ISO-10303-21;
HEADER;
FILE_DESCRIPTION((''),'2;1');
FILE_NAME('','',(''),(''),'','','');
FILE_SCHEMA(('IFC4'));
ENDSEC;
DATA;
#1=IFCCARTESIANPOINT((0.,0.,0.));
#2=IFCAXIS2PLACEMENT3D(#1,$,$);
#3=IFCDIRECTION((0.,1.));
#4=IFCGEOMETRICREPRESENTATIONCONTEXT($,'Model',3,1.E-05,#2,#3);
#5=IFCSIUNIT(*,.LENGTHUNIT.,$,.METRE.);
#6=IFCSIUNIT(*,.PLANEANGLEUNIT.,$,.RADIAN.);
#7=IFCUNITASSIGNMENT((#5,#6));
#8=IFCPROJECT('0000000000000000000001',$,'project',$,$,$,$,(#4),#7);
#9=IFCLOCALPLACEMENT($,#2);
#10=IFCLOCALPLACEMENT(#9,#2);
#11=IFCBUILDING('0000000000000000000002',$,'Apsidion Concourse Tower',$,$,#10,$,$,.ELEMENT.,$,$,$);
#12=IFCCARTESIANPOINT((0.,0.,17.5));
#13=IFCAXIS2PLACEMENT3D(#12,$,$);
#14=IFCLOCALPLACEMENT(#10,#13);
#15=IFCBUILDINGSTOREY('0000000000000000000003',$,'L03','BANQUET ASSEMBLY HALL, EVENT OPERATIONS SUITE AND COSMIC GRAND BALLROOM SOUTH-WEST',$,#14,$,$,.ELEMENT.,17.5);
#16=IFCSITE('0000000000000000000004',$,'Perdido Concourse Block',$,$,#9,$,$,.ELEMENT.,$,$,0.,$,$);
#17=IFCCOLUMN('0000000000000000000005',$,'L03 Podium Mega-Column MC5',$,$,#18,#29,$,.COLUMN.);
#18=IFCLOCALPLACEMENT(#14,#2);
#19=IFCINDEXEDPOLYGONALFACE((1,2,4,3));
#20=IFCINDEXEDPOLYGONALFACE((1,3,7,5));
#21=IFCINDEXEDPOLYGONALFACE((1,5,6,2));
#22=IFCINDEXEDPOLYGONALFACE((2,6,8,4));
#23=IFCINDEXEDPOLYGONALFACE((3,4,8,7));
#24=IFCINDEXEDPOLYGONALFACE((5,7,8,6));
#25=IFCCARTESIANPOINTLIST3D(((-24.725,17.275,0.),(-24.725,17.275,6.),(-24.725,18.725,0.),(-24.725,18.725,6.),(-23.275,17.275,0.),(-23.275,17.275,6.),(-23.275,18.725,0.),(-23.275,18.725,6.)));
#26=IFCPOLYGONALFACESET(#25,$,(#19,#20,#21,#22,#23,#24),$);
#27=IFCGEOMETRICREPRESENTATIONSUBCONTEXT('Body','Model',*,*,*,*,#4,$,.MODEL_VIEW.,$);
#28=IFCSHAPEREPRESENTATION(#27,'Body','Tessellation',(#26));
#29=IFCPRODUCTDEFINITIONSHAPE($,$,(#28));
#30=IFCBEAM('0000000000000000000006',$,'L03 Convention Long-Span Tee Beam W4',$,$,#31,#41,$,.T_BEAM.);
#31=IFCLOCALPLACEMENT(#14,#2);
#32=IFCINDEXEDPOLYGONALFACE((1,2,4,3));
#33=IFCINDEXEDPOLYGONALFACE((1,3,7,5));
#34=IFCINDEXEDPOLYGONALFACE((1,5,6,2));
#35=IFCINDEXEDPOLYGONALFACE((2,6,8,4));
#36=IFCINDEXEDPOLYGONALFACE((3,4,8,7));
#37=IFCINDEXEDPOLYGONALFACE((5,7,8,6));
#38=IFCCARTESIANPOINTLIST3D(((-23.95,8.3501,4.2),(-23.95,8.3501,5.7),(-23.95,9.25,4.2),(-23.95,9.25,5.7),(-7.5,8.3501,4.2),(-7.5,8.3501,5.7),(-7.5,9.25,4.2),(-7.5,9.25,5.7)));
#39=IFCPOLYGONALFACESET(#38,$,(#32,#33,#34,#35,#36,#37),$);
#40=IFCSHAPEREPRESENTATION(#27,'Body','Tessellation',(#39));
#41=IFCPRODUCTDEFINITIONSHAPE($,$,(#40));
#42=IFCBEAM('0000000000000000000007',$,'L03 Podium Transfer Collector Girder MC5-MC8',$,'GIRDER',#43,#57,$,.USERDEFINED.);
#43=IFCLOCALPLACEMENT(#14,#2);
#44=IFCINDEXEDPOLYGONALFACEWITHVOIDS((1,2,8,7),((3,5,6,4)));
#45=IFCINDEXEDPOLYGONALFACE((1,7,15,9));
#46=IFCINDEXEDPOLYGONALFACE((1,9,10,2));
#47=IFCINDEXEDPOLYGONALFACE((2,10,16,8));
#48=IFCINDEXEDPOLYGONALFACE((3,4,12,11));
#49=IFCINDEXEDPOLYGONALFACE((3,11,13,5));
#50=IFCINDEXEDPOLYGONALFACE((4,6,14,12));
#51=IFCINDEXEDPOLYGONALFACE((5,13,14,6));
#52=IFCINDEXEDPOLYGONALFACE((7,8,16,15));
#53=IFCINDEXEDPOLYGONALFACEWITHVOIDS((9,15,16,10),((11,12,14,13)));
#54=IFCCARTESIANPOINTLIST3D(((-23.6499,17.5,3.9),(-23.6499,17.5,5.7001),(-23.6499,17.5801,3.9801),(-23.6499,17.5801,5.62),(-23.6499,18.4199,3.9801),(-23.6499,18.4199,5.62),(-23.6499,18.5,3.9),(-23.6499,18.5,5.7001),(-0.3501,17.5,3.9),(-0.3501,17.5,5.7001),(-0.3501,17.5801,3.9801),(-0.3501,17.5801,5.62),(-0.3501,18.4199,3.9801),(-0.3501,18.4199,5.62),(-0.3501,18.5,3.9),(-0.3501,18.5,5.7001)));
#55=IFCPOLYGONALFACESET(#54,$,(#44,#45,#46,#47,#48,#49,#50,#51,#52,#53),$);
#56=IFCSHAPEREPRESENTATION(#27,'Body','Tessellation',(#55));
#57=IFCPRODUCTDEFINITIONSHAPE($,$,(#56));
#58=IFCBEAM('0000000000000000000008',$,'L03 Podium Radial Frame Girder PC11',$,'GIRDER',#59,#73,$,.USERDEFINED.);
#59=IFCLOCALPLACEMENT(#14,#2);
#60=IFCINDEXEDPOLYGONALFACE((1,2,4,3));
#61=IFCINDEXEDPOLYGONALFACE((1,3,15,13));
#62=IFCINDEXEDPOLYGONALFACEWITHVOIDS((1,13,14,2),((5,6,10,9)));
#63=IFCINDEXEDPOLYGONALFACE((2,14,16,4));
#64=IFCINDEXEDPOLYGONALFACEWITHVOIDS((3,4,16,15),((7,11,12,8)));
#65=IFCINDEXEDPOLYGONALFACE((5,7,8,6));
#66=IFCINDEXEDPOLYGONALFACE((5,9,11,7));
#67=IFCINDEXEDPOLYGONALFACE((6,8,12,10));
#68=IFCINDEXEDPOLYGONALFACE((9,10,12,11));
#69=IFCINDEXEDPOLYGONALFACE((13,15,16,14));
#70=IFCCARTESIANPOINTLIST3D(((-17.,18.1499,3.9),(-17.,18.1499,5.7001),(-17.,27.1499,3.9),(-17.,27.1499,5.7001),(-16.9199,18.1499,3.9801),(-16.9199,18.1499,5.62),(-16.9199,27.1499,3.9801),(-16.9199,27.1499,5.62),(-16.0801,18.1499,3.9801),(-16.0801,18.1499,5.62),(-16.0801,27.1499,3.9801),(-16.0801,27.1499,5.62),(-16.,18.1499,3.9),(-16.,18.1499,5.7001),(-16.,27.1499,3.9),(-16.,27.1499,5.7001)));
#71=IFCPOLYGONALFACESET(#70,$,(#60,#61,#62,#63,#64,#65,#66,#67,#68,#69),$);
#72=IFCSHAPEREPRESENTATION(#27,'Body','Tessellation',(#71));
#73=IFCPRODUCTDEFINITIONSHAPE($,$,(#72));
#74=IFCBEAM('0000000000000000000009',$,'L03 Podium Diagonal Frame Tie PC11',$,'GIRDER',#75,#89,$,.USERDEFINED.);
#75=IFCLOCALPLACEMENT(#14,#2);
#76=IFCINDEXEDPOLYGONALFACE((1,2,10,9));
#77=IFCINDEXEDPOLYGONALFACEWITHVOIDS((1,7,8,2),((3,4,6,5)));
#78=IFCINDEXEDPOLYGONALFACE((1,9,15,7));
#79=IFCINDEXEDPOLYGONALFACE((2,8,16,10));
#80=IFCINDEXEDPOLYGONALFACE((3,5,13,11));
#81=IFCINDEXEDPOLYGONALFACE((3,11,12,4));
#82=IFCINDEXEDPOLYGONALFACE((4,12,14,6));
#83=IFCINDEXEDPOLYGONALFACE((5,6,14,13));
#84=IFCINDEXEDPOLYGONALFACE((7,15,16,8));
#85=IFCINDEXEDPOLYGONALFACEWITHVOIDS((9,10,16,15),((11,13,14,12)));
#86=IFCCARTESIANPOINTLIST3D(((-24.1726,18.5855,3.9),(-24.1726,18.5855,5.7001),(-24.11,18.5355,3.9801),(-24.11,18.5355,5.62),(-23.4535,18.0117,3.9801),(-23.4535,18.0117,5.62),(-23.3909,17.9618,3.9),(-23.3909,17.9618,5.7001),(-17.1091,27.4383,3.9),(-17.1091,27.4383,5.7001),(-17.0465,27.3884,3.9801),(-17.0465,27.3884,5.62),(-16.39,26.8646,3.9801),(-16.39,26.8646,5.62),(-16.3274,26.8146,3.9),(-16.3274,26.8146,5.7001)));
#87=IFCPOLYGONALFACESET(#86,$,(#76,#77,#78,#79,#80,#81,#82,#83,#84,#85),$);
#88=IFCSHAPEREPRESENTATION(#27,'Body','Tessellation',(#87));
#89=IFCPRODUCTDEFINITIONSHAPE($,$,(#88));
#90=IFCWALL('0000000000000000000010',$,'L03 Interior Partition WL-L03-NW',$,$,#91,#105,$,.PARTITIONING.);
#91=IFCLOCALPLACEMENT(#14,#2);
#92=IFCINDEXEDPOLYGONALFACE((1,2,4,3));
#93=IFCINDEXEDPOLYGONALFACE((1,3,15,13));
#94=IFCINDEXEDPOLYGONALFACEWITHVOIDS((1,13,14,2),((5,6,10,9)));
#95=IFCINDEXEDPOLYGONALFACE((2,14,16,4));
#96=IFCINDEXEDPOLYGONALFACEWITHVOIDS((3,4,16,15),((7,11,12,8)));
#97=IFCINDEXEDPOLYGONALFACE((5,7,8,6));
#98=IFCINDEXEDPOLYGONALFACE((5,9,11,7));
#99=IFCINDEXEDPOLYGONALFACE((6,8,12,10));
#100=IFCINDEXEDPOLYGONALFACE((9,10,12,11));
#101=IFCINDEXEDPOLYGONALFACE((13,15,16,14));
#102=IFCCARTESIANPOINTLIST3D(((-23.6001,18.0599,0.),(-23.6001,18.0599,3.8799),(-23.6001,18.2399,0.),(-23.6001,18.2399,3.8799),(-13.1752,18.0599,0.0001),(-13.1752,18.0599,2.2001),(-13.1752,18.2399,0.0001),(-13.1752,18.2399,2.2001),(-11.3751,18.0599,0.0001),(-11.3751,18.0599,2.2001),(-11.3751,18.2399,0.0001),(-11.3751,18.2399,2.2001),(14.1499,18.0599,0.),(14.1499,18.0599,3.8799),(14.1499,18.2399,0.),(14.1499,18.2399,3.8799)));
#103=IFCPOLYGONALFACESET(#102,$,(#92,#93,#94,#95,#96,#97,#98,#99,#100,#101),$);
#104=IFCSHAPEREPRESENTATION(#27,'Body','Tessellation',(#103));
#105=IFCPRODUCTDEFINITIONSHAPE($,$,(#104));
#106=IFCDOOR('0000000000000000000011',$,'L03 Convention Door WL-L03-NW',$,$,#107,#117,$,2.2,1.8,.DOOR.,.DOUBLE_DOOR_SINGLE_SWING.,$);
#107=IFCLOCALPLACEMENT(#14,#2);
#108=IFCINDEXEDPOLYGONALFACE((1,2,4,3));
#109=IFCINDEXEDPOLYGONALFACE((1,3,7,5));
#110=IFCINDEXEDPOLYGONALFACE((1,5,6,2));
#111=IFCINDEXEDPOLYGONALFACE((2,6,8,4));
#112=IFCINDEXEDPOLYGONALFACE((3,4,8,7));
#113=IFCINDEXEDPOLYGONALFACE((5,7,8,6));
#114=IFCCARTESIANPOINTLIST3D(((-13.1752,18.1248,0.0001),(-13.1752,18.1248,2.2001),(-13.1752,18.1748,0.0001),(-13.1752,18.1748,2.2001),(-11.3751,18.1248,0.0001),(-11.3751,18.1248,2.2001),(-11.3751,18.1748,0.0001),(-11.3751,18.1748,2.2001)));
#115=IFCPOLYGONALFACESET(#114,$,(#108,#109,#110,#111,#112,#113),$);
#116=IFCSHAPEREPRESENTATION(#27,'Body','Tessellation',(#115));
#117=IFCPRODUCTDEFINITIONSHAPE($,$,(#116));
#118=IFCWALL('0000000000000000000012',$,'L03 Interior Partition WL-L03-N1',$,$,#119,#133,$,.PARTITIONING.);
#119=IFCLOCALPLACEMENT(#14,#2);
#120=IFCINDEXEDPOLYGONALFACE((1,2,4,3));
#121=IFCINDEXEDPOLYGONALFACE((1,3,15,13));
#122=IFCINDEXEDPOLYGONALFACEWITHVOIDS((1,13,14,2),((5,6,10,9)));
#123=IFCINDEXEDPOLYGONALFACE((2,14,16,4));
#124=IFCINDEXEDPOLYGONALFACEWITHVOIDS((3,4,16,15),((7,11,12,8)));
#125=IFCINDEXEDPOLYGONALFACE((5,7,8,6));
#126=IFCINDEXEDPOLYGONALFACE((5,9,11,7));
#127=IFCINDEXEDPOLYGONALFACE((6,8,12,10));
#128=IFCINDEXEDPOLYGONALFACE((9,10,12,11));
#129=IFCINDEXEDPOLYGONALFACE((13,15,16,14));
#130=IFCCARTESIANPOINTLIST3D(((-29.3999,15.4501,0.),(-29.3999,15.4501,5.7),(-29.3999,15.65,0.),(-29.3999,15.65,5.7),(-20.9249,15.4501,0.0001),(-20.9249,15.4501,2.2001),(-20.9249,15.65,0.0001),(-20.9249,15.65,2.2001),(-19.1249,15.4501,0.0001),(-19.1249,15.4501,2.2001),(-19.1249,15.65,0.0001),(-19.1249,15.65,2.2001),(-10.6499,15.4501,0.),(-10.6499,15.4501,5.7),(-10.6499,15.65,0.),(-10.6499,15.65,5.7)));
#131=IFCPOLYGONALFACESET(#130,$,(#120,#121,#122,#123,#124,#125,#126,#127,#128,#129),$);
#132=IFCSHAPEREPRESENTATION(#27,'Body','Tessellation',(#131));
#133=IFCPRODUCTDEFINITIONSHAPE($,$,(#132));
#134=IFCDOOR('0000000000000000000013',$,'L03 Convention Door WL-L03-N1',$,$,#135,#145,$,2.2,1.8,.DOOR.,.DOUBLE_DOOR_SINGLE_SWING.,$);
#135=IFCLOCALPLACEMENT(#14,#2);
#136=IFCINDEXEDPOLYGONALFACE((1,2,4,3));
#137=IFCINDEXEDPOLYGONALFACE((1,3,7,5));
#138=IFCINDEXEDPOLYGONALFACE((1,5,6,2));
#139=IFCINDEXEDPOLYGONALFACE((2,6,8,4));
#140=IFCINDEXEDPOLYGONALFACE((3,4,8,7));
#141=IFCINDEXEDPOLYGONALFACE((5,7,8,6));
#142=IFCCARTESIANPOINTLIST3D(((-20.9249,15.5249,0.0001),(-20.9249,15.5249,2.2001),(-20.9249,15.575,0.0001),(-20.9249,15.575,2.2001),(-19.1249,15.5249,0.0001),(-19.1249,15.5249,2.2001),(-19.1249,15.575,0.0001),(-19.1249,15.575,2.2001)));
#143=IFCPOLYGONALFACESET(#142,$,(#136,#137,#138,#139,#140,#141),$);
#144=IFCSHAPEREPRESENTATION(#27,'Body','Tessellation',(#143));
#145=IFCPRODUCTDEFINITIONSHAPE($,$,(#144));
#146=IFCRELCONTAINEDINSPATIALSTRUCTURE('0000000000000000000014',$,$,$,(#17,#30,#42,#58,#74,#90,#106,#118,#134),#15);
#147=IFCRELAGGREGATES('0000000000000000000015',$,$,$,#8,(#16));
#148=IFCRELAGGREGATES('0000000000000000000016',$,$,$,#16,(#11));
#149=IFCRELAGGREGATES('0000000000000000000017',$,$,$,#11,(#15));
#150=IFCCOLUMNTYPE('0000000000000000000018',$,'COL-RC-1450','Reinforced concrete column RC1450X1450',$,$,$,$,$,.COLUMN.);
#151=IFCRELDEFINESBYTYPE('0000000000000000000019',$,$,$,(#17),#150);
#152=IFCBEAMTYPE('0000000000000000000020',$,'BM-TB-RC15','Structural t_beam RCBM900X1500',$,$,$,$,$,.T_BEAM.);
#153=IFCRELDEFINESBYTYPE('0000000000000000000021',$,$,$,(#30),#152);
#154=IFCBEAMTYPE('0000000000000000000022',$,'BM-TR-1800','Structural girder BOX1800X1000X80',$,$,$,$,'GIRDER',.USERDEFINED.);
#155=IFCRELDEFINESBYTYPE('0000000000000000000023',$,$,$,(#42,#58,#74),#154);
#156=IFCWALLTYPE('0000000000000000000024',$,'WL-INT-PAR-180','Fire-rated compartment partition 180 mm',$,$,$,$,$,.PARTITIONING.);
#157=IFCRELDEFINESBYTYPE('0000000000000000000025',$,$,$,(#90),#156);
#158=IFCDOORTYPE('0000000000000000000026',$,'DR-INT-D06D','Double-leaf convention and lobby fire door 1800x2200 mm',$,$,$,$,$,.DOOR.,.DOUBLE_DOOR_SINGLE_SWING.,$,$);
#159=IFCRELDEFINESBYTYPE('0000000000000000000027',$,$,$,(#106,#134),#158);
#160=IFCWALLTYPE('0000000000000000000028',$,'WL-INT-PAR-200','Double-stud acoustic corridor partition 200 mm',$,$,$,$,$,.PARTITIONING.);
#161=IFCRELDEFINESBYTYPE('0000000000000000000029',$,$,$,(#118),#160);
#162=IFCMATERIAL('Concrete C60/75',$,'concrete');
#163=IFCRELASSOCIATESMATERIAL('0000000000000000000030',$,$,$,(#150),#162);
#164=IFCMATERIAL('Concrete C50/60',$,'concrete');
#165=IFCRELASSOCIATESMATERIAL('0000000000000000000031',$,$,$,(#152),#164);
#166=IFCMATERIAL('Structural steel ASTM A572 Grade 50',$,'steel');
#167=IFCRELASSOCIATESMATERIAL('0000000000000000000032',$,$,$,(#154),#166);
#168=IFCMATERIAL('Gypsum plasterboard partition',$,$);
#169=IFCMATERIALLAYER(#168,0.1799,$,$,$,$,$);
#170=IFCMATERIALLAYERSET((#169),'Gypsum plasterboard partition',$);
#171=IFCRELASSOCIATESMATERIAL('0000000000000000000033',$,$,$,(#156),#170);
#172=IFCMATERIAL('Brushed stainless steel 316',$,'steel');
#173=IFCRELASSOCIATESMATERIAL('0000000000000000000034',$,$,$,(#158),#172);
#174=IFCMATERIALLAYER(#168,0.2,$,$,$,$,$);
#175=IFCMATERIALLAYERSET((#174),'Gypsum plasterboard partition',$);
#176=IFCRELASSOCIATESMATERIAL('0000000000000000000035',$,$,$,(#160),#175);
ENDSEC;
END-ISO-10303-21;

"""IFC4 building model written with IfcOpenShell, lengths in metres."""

from ifc_helpers import new_model, si_unit, direction, frame, frame_2d, origin, origin_2d, place, context, subcontext, project, spatial, rectangle, hollow_rectangle, extrude, material, layer, layer_set, material_profile, profile_set, type_object, element, fill, save


model = new_model("IFC4")

# Units and contexts
model_context = context("Model", 3, precision=1e-05, world=origin(), true_north=direction((0.0, 1.0)))
body_context = subcontext(model_context, "Body", "Model", "MODEL_VIEW")
ifc_project = project(units=[si_unit("LENGTHUNIT", "METRE"), si_unit("PLANEANGLEUNIT", "RADIAN")], contexts=[model_context])

# Site, building, storey
site_placement = place(None, origin())
site = spatial("IfcSite", under=ifc_project, at=site_placement, Name="Perdido Concourse Block", CompositionType="ELEMENT", RefElevation=0.0)
building_placement = place(site_placement, origin())
building = spatial("IfcBuilding", under=site, at=building_placement, Name="Apsidion Concourse Tower", CompositionType="ELEMENT")
storey_placement = place(building_placement, frame((0.0, 0.0, 17.5)))
storey = spatial("IfcBuildingStorey", under=building, at=storey_placement, Name="L03", Description="BANQUET ASSEMBLY HALL, EVENT OPERATIONS SUITE AND COSMIC GRAND BALLROOM SOUTH-WEST", CompositionType="ELEMENT", Elevation=17.5)

# Column
ifc_material_1 = material(Name="Concrete C60/75", Category="concrete")
ifc_material_profile_1 = material_profile(ifc_material_1, rectangle(XDim=1.45, YDim=1.45, at=origin_2d()), Name="RC 1450x1450")
ifc_profile_set_1 = profile_set([ifc_material_profile_1], Name="Concrete C60/75")
column_type = type_object("IfcColumnType", Name="COL-RC-1450", Description="Reinforced concrete column RC1450X1450", PredefinedType="COLUMN", material=ifc_profile_set_1)
column_placement = place(storey_placement, frame((-24.0, 18.0, 0.0), z_axis=(0.0, 0.0, 1.0), x_axis=(1.0, 0.0, 0.0)))
element("IfcColumn", 1, at=column_placement, inside=storey, type_object=column_type, Name="L03 Podium Mega-Column MC5", PredefinedType="COLUMN", context=body_context, shape_type="SweptSolid", body=[
    extrude(rectangle(XDim=1.45, YDim=1.45, at=origin_2d()), origin(), (0.0, 0.0, 1.0), 6.0),
])

# Beams
ifc_material_2 = material(Name="Concrete C50/60", Category="concrete")
ifc_material_profile_2 = material_profile(ifc_material_2, rectangle(XDim=0.8999, YDim=1.5, at=origin_2d()), Name="RC 900x1500")
ifc_profile_set_2 = profile_set([ifc_material_profile_2], Name="Concrete C50/60")
beam_type_1 = type_object("IfcBeamType", Name="BM-TB-RC15", Description="Structural t_beam RCBM900X1500", PredefinedType="T_BEAM", material=ifc_profile_set_2)
beam_1_placement = place(storey_placement, frame((-23.95, 8.8, 4.95), z_axis=(1.0, 0.0, 0.0), x_axis=(0.0, 1.0, 0.0)))
element("IfcBeam", 2, at=beam_1_placement, inside=storey, type_object=beam_type_1, Name="L03 Convention Long-Span Tee Beam W4", PredefinedType="T_BEAM", context=body_context, shape_type="SweptSolid", body=[
    extrude(rectangle(XDim=0.8999, YDim=1.5, at=origin_2d()), origin(), (0.0, 0.0, 1.0), 16.45),
])
ifc_material_3 = material(Name="Structural steel ASTM A572 Grade 50", Category="steel")
ifc_material_profile_3 = material_profile(ifc_material_3, hollow_rectangle(XDim=1.0, YDim=1.8, WallThickness=0.0801, at=origin_2d()), Name="BOX1800X1000X80")
ifc_profile_set_3 = profile_set([ifc_material_profile_3], Name="Structural steel ASTM A572 Grade 50")
beam_type_2 = type_object("IfcBeamType", Name="BM-TR-1800", Description="Structural girder BOX1800X1000X80", ElementType="GIRDER", PredefinedType="USERDEFINED", material=ifc_profile_set_3)
beam_2_placement = place(storey_placement, frame((-23.6499, 18.0, 4.8), z_axis=(1.0, 0.0, 0.0), x_axis=(0.0, 1.0, 0.0)))
element("IfcBeam", 3, at=beam_2_placement, inside=storey, type_object=beam_type_2, Name="L03 Podium Transfer Collector Girder MC5-MC8", ObjectType="GIRDER", PredefinedType="USERDEFINED", context=body_context, shape_type="SweptSolid", body=[
    extrude(hollow_rectangle(XDim=1.0, YDim=1.8, WallThickness=0.0801, at=origin_2d()), origin(), (0.0, 0.0, 1.0), 23.2998),
])
beam_3_placement = place(storey_placement, frame((-16.5, 27.1499, 4.8), z_axis=(0.0, -1.0, 0.0), x_axis=(1.0, 0.0, 0.0)))
element("IfcBeam", 4, at=beam_3_placement, inside=storey, type_object=beam_type_2, Name="L03 Podium Radial Frame Girder PC11", ObjectType="GIRDER", PredefinedType="USERDEFINED", context=body_context, shape_type="SweptSolid", body=[
    extrude(hollow_rectangle(XDim=1.0, YDim=1.8, WallThickness=0.0801, at=origin_2d()), origin(), (0.0, 0.0, 1.0), 9.0),
])
beam_4_placement = place(storey_placement, frame((-16.7183, 27.1265, 4.8), z_axis=(-0.623685, -0.781676, 0.0), x_axis=(0.781676, -0.623685, 0.0)))
element("IfcBeam", 5, at=beam_4_placement, inside=storey, type_object=beam_type_2, Name="L03 Podium Diagonal Frame Tie PC11", ObjectType="GIRDER", PredefinedType="USERDEFINED", context=body_context, shape_type="SweptSolid", body=[
    extrude(hollow_rectangle(XDim=1.0, YDim=1.8, WallThickness=0.0801, at=origin_2d()), origin(), (0.0, 0.0, 1.0), 11.3254),
])

# Walls, openings, doors
ifc_material_4 = material(Name="Gypsum plasterboard partition")
ifc_layer_1 = layer(ifc_material_4, 0.1799)
ifc_layer_set_1 = layer_set([ifc_layer_1], Name="Gypsum plasterboard partition")
wall_type_1 = type_object("IfcWallType", Name="WL-INT-PAR-180", Description="Fire-rated compartment partition 180 mm", PredefinedType="PARTITIONING", material=ifc_layer_set_1)
wall_1_placement = place(storey_placement, frame((-23.6001, 18.1499, 0.0), z_axis=(0.0, 0.0, 1.0), x_axis=(1.0, 0.0, 0.0)))
wall_1 = element("IfcWall", 6, at=wall_1_placement, inside=storey, type_object=wall_type_1, Name="L03 Interior Partition WL-L03-NW", PredefinedType="PARTITIONING", context=body_context, shape_type="SweptSolid", body=[
    extrude(rectangle(XDim=37.75, YDim=0.1799, at=frame_2d((18.875, 0.0))), origin(), (0.0, 0.0, 1.0), 3.8799),
])
opening_1_placement = place(wall_1_placement, frame((10.425, 0.0, 0.0)))
opening_1 = element("IfcOpeningElement", 7, at=opening_1_placement, cuts=wall_1, PredefinedType="OPENING", context=body_context, shape_type="SweptSolid", body=[
    extrude(rectangle(XDim=1.8, YDim=2.2, at=frame_2d((0.8999, 1.1001))), frame((0.0, 0.1001, 0.0), z_axis=(0.0, -1.0, 0.0), x_axis=(1.0, 0.0, 0.0)), (0.0, 0.0, 1.0), 0.2),
])
ifc_material_5 = material(Name="Brushed stainless steel 316", Category="steel")
door_type_1 = type_object("IfcDoorType", Name="DR-INT-D06D", Description="Double-leaf convention and lobby fire door 1800x2200 mm", OperationType="DOUBLE_DOOR_SINGLE_SWING", PredefinedType="DOOR", material=ifc_material_5)
door_1_placement = place(opening_1_placement, origin())
door_1 = element("IfcDoor", 8, at=door_1_placement, inside=storey, type_object=door_type_1, Name="L03 Convention Door WL-L03-NW", OperationType="DOUBLE_DOOR_SINGLE_SWING", OverallHeight=2.2, OverallWidth=1.8, PredefinedType="DOOR", context=body_context, shape_type="SweptSolid", body=[
    extrude(rectangle(XDim=1.8, YDim=2.2, at=frame_2d((0.8999, 1.1001))), frame((0.0, 0.0249, 0.0), z_axis=(0.0, -1.0, 0.0), x_axis=(1.0, 0.0, 0.0)), (0.0, 0.0, 1.0), 0.05),
])
fill(opening_1, door_1)
ifc_layer_2 = layer(ifc_material_4, 0.2)
ifc_layer_set_2 = layer_set([ifc_layer_2], Name="Gypsum plasterboard partition")
wall_type_2 = type_object("IfcWallType", Name="WL-INT-PAR-200", Description="Double-stud acoustic corridor partition 200 mm", PredefinedType="PARTITIONING", material=ifc_layer_set_2)
wall_2_placement = place(storey_placement, frame((-29.3999, 15.55, 0.0), z_axis=(0.0, 0.0, 1.0), x_axis=(1.0, 0.0, 0.0)))
wall_2 = element("IfcWall", 9, at=wall_2_placement, inside=storey, type_object=wall_type_2, Name="L03 Interior Partition WL-L03-N1", PredefinedType="PARTITIONING", context=body_context, shape_type="SweptSolid", body=[
    extrude(rectangle(XDim=18.75, YDim=0.2, at=frame_2d((9.375, 0.0))), origin(), (0.0, 0.0, 1.0), 5.7),
])
opening_2_placement = place(wall_2_placement, frame((8.4751, 0.0, 0.0)))
opening_2 = element("IfcOpeningElement", 10, at=opening_2_placement, cuts=wall_2, PredefinedType="OPENING", context=body_context, shape_type="SweptSolid", body=[
    extrude(rectangle(XDim=1.8, YDim=2.2, at=frame_2d((0.8999, 1.1001))), frame((0.0, 0.1099, 0.0), z_axis=(0.0, -1.0, 0.0), x_axis=(1.0, 0.0, 0.0)), (0.0, 0.0, 1.0), 0.22),
])
door_2_placement = place(opening_2_placement, origin())
door_2 = element("IfcDoor", 11, at=door_2_placement, inside=storey, type_object=door_type_1, Name="L03 Convention Door WL-L03-N1", OperationType="DOUBLE_DOOR_SINGLE_SWING", OverallHeight=2.2, OverallWidth=1.8, PredefinedType="DOOR", context=body_context, shape_type="SweptSolid", body=[
    extrude(rectangle(XDim=1.8, YDim=2.2, at=frame_2d((0.8999, 1.1001))), frame((0.0, 0.0249, 0.0), z_axis=(0.0, -1.0, 0.0), x_axis=(1.0, 0.0, 0.0)), (0.0, 0.0, 1.0), 0.05),
])
fill(opening_2, door_2)

save(model, "model.ifc")
